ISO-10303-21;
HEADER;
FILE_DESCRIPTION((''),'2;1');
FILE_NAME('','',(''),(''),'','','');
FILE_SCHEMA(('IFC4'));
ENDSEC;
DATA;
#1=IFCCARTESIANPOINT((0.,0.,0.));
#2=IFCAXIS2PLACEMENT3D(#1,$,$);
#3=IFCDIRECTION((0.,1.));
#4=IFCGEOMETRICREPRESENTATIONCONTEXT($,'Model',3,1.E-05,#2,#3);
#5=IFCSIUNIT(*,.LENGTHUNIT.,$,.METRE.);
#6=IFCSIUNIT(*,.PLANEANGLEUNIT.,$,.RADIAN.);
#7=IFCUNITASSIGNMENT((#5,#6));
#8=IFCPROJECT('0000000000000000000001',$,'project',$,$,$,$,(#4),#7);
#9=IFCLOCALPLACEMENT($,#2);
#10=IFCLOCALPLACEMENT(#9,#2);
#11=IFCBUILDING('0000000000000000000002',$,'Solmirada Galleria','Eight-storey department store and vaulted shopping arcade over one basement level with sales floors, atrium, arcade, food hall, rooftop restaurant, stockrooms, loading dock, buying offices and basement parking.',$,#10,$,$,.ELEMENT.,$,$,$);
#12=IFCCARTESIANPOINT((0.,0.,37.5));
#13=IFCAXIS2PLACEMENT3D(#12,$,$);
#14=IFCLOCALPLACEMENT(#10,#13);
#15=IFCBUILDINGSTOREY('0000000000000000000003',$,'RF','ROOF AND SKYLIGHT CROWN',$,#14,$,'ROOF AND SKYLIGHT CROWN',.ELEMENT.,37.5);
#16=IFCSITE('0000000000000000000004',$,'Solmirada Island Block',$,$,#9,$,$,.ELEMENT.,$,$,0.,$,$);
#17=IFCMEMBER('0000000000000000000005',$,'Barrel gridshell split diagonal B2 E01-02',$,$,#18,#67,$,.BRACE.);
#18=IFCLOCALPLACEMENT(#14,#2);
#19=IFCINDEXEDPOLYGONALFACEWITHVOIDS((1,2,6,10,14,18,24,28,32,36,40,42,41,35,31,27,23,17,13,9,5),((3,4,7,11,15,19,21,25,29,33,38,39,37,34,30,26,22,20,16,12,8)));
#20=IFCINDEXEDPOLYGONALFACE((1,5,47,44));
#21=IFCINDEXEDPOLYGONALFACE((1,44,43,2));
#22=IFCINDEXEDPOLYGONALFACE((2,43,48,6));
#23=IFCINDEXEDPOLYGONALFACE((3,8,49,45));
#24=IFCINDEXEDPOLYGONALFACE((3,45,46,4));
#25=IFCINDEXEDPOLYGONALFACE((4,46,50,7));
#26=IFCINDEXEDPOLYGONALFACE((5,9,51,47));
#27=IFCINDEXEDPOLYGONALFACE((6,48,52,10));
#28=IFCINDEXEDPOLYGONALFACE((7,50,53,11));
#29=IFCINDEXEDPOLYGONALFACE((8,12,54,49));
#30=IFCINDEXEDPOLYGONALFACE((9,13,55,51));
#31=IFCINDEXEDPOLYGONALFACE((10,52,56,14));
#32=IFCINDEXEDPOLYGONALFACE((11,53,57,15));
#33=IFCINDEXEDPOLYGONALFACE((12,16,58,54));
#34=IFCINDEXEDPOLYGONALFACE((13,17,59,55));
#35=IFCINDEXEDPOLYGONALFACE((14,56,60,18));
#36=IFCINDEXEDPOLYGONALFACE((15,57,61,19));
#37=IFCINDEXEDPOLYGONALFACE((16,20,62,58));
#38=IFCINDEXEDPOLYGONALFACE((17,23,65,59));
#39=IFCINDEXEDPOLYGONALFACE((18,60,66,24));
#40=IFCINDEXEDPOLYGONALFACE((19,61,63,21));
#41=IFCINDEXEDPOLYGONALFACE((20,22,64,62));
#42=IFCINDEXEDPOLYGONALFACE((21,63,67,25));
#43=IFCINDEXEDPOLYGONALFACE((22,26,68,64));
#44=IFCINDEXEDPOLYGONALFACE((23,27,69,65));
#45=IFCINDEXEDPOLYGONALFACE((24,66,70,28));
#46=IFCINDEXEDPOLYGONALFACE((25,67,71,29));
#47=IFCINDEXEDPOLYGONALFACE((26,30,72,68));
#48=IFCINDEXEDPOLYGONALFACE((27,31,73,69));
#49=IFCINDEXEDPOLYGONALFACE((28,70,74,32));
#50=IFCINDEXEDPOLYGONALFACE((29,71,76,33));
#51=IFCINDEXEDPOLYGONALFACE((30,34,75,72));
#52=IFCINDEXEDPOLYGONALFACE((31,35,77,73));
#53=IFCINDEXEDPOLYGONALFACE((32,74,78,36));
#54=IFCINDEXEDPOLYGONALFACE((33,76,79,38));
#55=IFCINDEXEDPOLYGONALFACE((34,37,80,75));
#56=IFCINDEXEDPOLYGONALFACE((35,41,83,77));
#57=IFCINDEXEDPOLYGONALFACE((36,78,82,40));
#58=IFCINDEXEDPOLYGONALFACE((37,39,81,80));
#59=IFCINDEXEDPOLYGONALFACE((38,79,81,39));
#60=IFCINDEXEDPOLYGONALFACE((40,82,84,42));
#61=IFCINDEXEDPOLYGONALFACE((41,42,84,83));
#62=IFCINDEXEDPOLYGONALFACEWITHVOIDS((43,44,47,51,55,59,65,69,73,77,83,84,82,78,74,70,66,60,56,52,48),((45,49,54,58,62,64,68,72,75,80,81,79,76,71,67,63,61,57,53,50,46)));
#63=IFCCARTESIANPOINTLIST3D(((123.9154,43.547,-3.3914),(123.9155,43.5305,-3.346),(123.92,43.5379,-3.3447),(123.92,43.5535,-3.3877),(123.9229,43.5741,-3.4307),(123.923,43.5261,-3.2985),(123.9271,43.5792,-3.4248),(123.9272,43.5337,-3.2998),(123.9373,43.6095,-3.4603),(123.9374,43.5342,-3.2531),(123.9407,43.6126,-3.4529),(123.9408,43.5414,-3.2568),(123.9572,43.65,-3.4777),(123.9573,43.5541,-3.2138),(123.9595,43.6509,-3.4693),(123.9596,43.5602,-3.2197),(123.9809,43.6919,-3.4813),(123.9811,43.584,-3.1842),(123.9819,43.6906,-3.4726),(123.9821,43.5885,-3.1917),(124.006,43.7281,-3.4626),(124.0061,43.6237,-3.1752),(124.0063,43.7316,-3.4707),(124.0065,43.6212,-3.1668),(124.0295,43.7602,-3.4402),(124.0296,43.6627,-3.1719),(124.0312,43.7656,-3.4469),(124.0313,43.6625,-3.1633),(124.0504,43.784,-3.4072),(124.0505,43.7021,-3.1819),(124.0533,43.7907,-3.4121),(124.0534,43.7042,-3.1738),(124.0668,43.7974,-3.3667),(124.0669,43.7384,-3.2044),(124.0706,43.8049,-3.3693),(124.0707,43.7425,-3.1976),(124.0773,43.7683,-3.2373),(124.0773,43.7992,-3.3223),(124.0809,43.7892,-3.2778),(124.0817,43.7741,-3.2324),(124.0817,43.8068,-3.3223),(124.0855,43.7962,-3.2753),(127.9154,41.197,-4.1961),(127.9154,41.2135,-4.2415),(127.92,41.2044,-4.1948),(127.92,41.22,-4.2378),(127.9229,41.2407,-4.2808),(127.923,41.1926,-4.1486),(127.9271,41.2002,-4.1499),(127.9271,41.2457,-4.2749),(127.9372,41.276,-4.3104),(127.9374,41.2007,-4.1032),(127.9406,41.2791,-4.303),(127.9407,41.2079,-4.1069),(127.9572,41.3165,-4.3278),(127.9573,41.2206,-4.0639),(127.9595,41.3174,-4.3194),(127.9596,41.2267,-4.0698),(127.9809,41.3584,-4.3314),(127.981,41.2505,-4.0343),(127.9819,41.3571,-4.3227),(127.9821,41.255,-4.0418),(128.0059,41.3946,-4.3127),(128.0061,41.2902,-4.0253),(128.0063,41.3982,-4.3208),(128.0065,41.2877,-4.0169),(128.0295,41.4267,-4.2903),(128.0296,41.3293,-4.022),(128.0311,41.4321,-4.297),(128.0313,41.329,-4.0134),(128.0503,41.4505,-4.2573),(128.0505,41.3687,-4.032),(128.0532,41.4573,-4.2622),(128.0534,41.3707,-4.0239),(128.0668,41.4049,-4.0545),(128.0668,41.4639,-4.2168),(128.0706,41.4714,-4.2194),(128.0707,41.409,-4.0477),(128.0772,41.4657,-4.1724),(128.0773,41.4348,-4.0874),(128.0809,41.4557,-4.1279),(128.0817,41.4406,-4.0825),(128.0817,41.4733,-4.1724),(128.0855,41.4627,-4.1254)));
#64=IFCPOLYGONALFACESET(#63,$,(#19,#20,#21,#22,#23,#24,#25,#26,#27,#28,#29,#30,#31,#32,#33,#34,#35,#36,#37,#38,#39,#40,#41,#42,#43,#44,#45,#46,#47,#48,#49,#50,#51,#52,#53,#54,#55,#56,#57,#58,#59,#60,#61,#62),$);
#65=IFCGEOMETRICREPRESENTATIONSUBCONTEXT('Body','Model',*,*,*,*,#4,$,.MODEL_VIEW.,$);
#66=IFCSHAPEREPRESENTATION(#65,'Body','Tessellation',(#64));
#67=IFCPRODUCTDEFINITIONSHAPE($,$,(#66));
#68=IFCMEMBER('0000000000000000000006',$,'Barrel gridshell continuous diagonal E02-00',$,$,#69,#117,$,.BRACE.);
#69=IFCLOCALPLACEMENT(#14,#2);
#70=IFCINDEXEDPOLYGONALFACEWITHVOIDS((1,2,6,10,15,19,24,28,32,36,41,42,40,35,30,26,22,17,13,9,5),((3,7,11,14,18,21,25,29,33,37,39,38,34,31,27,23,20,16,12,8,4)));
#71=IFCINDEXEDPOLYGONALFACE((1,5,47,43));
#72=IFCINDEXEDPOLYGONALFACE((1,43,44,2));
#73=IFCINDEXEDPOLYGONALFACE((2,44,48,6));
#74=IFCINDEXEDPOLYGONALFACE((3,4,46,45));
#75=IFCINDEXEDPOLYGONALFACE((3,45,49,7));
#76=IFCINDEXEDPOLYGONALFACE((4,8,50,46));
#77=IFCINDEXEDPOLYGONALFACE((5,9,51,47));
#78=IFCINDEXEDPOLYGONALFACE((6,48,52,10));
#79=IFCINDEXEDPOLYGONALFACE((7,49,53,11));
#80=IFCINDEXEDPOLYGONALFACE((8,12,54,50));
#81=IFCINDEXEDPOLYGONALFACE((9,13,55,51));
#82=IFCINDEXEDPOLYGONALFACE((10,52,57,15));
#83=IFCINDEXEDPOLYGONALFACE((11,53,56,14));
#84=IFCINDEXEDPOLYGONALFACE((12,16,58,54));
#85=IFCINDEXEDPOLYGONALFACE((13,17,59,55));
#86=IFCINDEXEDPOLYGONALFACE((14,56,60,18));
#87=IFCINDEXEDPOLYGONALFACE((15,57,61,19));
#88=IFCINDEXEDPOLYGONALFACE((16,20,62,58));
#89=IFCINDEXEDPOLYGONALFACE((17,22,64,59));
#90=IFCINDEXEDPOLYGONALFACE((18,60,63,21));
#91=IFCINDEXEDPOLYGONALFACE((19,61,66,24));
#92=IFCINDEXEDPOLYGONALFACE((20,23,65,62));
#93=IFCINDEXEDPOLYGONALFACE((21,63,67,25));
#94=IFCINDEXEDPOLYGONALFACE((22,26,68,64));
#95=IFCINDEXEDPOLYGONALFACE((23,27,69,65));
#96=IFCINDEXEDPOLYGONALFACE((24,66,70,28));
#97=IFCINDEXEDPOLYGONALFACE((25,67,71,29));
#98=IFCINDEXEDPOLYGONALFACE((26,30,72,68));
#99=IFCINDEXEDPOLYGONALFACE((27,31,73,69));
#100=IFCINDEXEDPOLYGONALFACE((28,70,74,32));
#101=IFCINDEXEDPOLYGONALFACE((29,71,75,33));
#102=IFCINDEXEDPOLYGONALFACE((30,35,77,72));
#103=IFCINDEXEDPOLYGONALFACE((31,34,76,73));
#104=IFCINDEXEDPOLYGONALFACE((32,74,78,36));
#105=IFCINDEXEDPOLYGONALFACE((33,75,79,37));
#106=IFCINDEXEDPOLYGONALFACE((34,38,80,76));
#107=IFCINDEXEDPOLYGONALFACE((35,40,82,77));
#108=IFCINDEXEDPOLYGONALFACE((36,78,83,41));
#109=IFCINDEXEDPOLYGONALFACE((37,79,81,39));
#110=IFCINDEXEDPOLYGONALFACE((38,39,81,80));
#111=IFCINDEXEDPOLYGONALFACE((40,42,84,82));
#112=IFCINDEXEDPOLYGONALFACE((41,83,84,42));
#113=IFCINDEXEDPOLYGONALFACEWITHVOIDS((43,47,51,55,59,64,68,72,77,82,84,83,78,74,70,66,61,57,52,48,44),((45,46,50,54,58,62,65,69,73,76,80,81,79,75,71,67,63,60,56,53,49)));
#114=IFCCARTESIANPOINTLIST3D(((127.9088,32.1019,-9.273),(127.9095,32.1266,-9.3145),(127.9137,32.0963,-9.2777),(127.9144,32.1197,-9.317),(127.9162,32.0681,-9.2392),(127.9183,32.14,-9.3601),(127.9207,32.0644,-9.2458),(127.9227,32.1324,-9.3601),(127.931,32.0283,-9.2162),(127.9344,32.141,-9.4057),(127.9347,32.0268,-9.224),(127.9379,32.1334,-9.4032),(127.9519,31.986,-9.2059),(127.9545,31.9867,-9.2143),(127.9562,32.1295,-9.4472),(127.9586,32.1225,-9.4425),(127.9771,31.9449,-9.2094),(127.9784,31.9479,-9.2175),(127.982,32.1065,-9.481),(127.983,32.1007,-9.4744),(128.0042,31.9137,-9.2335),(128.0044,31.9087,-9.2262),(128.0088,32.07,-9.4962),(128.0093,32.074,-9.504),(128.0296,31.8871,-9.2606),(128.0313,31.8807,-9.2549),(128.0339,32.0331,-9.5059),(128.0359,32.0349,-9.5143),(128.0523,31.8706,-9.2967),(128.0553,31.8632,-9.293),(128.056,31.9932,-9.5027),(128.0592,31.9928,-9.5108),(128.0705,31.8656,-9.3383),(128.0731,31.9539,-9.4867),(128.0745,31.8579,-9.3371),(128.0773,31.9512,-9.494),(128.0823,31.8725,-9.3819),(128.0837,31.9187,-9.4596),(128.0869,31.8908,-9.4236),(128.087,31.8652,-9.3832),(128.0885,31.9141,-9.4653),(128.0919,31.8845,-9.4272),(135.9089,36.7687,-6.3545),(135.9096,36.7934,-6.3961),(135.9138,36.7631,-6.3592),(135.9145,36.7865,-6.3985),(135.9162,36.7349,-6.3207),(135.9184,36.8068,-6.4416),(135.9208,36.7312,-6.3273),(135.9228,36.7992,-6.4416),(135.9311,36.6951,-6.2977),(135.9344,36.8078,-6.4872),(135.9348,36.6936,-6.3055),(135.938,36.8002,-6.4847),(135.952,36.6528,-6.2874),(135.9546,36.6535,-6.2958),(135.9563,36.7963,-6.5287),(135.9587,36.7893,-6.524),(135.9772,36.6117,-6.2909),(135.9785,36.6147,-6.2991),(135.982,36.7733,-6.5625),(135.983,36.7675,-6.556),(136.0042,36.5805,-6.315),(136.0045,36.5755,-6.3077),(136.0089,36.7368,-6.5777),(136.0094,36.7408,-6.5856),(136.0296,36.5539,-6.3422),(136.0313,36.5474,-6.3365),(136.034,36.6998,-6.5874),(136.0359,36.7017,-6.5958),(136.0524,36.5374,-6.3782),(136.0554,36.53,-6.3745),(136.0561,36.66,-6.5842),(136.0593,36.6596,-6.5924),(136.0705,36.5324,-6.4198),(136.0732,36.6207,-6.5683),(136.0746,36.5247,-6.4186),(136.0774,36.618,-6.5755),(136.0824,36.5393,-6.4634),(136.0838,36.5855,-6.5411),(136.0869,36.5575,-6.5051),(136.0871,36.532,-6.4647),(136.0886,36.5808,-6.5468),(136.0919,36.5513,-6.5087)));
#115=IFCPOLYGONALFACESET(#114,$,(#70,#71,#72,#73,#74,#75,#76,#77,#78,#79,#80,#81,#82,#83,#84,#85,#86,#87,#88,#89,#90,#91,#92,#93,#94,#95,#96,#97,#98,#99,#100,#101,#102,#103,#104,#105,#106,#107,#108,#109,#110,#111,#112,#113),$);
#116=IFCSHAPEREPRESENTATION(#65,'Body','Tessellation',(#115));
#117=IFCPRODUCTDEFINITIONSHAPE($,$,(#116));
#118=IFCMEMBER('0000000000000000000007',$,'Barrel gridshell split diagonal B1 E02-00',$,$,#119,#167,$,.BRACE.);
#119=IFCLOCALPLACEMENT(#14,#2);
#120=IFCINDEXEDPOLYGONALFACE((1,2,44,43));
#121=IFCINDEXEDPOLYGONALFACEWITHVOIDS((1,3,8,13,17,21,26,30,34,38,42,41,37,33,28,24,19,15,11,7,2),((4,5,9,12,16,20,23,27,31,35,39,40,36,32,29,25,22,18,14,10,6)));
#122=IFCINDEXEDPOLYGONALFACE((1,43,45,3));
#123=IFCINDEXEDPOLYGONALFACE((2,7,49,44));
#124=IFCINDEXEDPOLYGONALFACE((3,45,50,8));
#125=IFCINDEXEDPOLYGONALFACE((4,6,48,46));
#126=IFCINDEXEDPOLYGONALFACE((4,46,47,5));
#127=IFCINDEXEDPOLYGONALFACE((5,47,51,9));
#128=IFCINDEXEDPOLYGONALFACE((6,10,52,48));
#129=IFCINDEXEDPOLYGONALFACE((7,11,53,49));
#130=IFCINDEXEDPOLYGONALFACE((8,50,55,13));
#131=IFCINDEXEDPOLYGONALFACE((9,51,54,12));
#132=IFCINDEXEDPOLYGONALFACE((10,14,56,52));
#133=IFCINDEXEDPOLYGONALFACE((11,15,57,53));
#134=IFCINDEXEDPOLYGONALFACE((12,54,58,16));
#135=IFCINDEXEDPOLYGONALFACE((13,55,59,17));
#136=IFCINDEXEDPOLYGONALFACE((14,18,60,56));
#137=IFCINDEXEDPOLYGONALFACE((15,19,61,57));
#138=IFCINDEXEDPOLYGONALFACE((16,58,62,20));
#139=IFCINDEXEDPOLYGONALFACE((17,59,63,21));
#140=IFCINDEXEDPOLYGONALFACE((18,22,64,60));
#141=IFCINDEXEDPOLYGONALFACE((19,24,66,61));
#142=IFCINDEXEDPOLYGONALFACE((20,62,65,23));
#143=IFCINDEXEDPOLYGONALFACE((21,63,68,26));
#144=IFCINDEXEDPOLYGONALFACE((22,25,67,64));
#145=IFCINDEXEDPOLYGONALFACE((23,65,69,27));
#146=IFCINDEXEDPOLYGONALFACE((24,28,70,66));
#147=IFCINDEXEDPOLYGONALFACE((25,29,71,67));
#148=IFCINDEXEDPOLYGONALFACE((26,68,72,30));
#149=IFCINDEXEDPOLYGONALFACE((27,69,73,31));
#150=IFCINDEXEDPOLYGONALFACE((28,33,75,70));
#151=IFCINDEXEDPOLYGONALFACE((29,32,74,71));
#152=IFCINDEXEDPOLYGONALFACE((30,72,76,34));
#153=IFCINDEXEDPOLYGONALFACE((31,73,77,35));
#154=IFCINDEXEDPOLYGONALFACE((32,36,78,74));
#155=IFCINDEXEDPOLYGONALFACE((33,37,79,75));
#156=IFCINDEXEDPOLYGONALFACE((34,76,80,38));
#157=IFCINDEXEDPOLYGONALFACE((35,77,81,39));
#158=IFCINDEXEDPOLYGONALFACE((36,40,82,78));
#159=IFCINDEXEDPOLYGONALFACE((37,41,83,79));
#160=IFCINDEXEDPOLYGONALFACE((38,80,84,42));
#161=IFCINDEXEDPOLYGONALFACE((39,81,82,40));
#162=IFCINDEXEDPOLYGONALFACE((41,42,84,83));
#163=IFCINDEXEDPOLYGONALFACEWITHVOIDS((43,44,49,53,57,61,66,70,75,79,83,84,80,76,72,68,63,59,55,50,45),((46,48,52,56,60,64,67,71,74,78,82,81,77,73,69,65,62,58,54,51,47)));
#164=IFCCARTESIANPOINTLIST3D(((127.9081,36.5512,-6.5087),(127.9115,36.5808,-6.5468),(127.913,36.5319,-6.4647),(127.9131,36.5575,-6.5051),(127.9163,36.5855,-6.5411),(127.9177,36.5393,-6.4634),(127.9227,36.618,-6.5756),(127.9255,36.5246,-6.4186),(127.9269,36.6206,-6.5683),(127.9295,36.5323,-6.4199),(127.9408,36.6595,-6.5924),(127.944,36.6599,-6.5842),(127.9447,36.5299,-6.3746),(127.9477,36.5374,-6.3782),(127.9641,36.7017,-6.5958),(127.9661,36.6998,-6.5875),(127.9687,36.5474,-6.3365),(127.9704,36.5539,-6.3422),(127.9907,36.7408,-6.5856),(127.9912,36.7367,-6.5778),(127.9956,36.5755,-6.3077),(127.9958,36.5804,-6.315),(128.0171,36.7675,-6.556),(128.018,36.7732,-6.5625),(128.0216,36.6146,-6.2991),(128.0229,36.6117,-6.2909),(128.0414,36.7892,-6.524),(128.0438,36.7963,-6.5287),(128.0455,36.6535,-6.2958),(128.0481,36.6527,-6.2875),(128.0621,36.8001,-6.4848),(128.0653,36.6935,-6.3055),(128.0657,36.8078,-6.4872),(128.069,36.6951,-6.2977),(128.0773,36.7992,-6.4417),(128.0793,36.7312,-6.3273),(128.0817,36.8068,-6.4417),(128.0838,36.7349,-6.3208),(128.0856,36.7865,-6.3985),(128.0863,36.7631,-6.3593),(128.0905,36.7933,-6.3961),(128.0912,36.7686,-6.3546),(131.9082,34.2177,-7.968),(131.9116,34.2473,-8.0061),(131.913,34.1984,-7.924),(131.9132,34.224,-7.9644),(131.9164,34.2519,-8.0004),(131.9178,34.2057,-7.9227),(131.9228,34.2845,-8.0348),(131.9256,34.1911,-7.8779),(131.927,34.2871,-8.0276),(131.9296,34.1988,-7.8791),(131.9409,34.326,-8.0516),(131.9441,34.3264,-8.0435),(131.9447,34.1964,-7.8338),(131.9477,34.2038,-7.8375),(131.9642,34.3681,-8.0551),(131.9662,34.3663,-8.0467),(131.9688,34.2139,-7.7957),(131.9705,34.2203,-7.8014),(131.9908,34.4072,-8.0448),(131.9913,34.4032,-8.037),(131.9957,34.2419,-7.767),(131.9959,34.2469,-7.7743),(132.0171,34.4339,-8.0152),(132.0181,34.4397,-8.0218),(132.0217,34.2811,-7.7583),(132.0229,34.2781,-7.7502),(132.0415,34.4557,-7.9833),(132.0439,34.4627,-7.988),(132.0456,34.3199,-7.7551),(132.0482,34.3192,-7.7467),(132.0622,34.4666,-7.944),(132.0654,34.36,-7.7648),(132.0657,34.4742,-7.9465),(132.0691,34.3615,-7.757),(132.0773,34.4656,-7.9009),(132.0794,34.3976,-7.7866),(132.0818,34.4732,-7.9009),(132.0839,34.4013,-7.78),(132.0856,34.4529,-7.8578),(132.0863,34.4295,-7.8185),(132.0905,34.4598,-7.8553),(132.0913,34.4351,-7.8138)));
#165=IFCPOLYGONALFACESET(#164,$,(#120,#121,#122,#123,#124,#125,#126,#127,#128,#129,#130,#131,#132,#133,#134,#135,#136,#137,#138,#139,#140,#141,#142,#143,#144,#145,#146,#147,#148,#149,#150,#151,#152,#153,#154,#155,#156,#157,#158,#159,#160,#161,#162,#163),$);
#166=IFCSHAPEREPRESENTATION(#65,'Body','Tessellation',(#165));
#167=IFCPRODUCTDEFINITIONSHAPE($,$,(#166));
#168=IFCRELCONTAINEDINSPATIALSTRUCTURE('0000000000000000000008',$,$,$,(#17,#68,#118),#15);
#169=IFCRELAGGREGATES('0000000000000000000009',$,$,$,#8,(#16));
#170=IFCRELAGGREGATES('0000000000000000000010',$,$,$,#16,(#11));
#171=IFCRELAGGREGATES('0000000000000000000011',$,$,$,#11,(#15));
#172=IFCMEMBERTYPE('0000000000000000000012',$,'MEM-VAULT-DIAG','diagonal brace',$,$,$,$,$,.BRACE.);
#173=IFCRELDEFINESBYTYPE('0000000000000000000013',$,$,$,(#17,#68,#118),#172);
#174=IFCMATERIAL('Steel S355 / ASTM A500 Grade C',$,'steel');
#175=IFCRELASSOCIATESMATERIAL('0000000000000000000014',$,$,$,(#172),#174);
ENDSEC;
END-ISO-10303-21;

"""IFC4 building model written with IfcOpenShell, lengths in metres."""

from ifc_helpers import new_model, si_unit, direction, frame, origin, origin_2d, place, context, subcontext, project, spatial, hollow_circle, extrude, material, material_profile, profile_set, type_object, element, save


model = new_model("IFC4")

# Units and contexts
model_context = context("Model", 3, precision=1e-05, world=origin(), true_north=direction((0.0, 1.0)))
body_context = subcontext(model_context, "Body", "Model", "MODEL_VIEW")
ifc_project = project(units=[si_unit("LENGTHUNIT", "METRE"), si_unit("PLANEANGLEUNIT", "RADIAN")], contexts=[model_context])

# Site, building, storey
site_placement = place(None, origin())
site = spatial("IfcSite", under=ifc_project, at=site_placement, Name="Solmirada Island Block", CompositionType="ELEMENT", RefElevation=0.0)
building_placement = place(site_placement, origin())
building = spatial("IfcBuilding", under=site, at=building_placement, Name="Solmirada Galleria", Description="Eight-storey department store and vaulted shopping arcade over one basement level with sales floors, atrium, arcade, food hall, rooftop restaurant, stockrooms, loading dock, buying offices and basement parking.", CompositionType="ELEMENT")
storey_placement = place(building_placement, frame((0.0, 0.0, 37.5)))
storey = spatial("IfcBuildingStorey", under=building, at=storey_placement, Name="RF", Description="ROOF AND SKYLIGHT CROWN", LongName="ROOF AND SKYLIGHT CROWN", CompositionType="ELEMENT", Elevation=37.5)

# Members
ifc_material_1 = material(Name="Steel S355 / ASTM A500 Grade C", Category="steel")
ifc_material_profile_1 = material_profile(ifc_material_1, hollow_circle(Radius=0.1621, WallThickness=0.0088, at=origin_2d()), Name="HSS12.750X0.375")
ifc_profile_set_1 = profile_set([ifc_material_profile_1], Name="Steel S355 / ASTM A500 Grade C")
member_type_1 = type_object("IfcMemberType", Name="MEM-VAULT-DIAG", Description="diagonal brace", PredefinedType="BRACE", material=ifc_profile_set_1)
member_1_placement = place(storey_placement, frame((124.0, 43.6667, -3.3223), z_axis=(0.849568, -0.495616, -0.180554), x_axis=(0.503897, 0.863764, 0.0)))
element("IfcMember", 1, at=member_1_placement, inside=storey, type_object=member_type_1, Name="Barrel gridshell split diagonal B2 E01-02", PredefinedType="BRACE", context=body_context, shape_type="SweptSolid", body=[
    extrude(hollow_circle(Radius=0.1621, WallThickness=0.0088, at=origin_2d()), origin(), (0.0, 0.0, 1.0), 4.7083),
])
member_2_placement = place(storey_placement, frame((128.0, 32.0, -9.3601), z_axis=(0.823841, 0.480582, 0.300543), x_axis=(-0.503878, 0.863775, 0.0)))
element("IfcMember", 2, at=member_2_placement, inside=storey, type_object=member_type_1, Name="Barrel gridshell continuous diagonal E02-00", PredefinedType="BRACE", context=body_context, shape_type="SweptSolid", body=[
    extrude(hollow_circle(Radius=0.1621, WallThickness=0.0088, at=origin_2d()), origin(), (0.0, 0.0, 1.0), 9.7107),
])
member_3_placement = place(storey_placement, frame((128.0, 36.6667, -6.4417), z_axis=(0.823831, -0.480602, -0.30054), x_axis=(0.503897, 0.863764, 0.0)))
element("IfcMember", 3, at=member_3_placement, inside=storey, type_object=member_type_1, Name="Barrel gridshell split diagonal B1 E02-00", PredefinedType="BRACE", context=body_context, shape_type="SweptSolid", body=[
    extrude(hollow_circle(Radius=0.1621, WallThickness=0.0088, at=origin_2d()), origin(), (0.0, 0.0, 1.0), 4.8555),
])

save(model, "model.ifc")
